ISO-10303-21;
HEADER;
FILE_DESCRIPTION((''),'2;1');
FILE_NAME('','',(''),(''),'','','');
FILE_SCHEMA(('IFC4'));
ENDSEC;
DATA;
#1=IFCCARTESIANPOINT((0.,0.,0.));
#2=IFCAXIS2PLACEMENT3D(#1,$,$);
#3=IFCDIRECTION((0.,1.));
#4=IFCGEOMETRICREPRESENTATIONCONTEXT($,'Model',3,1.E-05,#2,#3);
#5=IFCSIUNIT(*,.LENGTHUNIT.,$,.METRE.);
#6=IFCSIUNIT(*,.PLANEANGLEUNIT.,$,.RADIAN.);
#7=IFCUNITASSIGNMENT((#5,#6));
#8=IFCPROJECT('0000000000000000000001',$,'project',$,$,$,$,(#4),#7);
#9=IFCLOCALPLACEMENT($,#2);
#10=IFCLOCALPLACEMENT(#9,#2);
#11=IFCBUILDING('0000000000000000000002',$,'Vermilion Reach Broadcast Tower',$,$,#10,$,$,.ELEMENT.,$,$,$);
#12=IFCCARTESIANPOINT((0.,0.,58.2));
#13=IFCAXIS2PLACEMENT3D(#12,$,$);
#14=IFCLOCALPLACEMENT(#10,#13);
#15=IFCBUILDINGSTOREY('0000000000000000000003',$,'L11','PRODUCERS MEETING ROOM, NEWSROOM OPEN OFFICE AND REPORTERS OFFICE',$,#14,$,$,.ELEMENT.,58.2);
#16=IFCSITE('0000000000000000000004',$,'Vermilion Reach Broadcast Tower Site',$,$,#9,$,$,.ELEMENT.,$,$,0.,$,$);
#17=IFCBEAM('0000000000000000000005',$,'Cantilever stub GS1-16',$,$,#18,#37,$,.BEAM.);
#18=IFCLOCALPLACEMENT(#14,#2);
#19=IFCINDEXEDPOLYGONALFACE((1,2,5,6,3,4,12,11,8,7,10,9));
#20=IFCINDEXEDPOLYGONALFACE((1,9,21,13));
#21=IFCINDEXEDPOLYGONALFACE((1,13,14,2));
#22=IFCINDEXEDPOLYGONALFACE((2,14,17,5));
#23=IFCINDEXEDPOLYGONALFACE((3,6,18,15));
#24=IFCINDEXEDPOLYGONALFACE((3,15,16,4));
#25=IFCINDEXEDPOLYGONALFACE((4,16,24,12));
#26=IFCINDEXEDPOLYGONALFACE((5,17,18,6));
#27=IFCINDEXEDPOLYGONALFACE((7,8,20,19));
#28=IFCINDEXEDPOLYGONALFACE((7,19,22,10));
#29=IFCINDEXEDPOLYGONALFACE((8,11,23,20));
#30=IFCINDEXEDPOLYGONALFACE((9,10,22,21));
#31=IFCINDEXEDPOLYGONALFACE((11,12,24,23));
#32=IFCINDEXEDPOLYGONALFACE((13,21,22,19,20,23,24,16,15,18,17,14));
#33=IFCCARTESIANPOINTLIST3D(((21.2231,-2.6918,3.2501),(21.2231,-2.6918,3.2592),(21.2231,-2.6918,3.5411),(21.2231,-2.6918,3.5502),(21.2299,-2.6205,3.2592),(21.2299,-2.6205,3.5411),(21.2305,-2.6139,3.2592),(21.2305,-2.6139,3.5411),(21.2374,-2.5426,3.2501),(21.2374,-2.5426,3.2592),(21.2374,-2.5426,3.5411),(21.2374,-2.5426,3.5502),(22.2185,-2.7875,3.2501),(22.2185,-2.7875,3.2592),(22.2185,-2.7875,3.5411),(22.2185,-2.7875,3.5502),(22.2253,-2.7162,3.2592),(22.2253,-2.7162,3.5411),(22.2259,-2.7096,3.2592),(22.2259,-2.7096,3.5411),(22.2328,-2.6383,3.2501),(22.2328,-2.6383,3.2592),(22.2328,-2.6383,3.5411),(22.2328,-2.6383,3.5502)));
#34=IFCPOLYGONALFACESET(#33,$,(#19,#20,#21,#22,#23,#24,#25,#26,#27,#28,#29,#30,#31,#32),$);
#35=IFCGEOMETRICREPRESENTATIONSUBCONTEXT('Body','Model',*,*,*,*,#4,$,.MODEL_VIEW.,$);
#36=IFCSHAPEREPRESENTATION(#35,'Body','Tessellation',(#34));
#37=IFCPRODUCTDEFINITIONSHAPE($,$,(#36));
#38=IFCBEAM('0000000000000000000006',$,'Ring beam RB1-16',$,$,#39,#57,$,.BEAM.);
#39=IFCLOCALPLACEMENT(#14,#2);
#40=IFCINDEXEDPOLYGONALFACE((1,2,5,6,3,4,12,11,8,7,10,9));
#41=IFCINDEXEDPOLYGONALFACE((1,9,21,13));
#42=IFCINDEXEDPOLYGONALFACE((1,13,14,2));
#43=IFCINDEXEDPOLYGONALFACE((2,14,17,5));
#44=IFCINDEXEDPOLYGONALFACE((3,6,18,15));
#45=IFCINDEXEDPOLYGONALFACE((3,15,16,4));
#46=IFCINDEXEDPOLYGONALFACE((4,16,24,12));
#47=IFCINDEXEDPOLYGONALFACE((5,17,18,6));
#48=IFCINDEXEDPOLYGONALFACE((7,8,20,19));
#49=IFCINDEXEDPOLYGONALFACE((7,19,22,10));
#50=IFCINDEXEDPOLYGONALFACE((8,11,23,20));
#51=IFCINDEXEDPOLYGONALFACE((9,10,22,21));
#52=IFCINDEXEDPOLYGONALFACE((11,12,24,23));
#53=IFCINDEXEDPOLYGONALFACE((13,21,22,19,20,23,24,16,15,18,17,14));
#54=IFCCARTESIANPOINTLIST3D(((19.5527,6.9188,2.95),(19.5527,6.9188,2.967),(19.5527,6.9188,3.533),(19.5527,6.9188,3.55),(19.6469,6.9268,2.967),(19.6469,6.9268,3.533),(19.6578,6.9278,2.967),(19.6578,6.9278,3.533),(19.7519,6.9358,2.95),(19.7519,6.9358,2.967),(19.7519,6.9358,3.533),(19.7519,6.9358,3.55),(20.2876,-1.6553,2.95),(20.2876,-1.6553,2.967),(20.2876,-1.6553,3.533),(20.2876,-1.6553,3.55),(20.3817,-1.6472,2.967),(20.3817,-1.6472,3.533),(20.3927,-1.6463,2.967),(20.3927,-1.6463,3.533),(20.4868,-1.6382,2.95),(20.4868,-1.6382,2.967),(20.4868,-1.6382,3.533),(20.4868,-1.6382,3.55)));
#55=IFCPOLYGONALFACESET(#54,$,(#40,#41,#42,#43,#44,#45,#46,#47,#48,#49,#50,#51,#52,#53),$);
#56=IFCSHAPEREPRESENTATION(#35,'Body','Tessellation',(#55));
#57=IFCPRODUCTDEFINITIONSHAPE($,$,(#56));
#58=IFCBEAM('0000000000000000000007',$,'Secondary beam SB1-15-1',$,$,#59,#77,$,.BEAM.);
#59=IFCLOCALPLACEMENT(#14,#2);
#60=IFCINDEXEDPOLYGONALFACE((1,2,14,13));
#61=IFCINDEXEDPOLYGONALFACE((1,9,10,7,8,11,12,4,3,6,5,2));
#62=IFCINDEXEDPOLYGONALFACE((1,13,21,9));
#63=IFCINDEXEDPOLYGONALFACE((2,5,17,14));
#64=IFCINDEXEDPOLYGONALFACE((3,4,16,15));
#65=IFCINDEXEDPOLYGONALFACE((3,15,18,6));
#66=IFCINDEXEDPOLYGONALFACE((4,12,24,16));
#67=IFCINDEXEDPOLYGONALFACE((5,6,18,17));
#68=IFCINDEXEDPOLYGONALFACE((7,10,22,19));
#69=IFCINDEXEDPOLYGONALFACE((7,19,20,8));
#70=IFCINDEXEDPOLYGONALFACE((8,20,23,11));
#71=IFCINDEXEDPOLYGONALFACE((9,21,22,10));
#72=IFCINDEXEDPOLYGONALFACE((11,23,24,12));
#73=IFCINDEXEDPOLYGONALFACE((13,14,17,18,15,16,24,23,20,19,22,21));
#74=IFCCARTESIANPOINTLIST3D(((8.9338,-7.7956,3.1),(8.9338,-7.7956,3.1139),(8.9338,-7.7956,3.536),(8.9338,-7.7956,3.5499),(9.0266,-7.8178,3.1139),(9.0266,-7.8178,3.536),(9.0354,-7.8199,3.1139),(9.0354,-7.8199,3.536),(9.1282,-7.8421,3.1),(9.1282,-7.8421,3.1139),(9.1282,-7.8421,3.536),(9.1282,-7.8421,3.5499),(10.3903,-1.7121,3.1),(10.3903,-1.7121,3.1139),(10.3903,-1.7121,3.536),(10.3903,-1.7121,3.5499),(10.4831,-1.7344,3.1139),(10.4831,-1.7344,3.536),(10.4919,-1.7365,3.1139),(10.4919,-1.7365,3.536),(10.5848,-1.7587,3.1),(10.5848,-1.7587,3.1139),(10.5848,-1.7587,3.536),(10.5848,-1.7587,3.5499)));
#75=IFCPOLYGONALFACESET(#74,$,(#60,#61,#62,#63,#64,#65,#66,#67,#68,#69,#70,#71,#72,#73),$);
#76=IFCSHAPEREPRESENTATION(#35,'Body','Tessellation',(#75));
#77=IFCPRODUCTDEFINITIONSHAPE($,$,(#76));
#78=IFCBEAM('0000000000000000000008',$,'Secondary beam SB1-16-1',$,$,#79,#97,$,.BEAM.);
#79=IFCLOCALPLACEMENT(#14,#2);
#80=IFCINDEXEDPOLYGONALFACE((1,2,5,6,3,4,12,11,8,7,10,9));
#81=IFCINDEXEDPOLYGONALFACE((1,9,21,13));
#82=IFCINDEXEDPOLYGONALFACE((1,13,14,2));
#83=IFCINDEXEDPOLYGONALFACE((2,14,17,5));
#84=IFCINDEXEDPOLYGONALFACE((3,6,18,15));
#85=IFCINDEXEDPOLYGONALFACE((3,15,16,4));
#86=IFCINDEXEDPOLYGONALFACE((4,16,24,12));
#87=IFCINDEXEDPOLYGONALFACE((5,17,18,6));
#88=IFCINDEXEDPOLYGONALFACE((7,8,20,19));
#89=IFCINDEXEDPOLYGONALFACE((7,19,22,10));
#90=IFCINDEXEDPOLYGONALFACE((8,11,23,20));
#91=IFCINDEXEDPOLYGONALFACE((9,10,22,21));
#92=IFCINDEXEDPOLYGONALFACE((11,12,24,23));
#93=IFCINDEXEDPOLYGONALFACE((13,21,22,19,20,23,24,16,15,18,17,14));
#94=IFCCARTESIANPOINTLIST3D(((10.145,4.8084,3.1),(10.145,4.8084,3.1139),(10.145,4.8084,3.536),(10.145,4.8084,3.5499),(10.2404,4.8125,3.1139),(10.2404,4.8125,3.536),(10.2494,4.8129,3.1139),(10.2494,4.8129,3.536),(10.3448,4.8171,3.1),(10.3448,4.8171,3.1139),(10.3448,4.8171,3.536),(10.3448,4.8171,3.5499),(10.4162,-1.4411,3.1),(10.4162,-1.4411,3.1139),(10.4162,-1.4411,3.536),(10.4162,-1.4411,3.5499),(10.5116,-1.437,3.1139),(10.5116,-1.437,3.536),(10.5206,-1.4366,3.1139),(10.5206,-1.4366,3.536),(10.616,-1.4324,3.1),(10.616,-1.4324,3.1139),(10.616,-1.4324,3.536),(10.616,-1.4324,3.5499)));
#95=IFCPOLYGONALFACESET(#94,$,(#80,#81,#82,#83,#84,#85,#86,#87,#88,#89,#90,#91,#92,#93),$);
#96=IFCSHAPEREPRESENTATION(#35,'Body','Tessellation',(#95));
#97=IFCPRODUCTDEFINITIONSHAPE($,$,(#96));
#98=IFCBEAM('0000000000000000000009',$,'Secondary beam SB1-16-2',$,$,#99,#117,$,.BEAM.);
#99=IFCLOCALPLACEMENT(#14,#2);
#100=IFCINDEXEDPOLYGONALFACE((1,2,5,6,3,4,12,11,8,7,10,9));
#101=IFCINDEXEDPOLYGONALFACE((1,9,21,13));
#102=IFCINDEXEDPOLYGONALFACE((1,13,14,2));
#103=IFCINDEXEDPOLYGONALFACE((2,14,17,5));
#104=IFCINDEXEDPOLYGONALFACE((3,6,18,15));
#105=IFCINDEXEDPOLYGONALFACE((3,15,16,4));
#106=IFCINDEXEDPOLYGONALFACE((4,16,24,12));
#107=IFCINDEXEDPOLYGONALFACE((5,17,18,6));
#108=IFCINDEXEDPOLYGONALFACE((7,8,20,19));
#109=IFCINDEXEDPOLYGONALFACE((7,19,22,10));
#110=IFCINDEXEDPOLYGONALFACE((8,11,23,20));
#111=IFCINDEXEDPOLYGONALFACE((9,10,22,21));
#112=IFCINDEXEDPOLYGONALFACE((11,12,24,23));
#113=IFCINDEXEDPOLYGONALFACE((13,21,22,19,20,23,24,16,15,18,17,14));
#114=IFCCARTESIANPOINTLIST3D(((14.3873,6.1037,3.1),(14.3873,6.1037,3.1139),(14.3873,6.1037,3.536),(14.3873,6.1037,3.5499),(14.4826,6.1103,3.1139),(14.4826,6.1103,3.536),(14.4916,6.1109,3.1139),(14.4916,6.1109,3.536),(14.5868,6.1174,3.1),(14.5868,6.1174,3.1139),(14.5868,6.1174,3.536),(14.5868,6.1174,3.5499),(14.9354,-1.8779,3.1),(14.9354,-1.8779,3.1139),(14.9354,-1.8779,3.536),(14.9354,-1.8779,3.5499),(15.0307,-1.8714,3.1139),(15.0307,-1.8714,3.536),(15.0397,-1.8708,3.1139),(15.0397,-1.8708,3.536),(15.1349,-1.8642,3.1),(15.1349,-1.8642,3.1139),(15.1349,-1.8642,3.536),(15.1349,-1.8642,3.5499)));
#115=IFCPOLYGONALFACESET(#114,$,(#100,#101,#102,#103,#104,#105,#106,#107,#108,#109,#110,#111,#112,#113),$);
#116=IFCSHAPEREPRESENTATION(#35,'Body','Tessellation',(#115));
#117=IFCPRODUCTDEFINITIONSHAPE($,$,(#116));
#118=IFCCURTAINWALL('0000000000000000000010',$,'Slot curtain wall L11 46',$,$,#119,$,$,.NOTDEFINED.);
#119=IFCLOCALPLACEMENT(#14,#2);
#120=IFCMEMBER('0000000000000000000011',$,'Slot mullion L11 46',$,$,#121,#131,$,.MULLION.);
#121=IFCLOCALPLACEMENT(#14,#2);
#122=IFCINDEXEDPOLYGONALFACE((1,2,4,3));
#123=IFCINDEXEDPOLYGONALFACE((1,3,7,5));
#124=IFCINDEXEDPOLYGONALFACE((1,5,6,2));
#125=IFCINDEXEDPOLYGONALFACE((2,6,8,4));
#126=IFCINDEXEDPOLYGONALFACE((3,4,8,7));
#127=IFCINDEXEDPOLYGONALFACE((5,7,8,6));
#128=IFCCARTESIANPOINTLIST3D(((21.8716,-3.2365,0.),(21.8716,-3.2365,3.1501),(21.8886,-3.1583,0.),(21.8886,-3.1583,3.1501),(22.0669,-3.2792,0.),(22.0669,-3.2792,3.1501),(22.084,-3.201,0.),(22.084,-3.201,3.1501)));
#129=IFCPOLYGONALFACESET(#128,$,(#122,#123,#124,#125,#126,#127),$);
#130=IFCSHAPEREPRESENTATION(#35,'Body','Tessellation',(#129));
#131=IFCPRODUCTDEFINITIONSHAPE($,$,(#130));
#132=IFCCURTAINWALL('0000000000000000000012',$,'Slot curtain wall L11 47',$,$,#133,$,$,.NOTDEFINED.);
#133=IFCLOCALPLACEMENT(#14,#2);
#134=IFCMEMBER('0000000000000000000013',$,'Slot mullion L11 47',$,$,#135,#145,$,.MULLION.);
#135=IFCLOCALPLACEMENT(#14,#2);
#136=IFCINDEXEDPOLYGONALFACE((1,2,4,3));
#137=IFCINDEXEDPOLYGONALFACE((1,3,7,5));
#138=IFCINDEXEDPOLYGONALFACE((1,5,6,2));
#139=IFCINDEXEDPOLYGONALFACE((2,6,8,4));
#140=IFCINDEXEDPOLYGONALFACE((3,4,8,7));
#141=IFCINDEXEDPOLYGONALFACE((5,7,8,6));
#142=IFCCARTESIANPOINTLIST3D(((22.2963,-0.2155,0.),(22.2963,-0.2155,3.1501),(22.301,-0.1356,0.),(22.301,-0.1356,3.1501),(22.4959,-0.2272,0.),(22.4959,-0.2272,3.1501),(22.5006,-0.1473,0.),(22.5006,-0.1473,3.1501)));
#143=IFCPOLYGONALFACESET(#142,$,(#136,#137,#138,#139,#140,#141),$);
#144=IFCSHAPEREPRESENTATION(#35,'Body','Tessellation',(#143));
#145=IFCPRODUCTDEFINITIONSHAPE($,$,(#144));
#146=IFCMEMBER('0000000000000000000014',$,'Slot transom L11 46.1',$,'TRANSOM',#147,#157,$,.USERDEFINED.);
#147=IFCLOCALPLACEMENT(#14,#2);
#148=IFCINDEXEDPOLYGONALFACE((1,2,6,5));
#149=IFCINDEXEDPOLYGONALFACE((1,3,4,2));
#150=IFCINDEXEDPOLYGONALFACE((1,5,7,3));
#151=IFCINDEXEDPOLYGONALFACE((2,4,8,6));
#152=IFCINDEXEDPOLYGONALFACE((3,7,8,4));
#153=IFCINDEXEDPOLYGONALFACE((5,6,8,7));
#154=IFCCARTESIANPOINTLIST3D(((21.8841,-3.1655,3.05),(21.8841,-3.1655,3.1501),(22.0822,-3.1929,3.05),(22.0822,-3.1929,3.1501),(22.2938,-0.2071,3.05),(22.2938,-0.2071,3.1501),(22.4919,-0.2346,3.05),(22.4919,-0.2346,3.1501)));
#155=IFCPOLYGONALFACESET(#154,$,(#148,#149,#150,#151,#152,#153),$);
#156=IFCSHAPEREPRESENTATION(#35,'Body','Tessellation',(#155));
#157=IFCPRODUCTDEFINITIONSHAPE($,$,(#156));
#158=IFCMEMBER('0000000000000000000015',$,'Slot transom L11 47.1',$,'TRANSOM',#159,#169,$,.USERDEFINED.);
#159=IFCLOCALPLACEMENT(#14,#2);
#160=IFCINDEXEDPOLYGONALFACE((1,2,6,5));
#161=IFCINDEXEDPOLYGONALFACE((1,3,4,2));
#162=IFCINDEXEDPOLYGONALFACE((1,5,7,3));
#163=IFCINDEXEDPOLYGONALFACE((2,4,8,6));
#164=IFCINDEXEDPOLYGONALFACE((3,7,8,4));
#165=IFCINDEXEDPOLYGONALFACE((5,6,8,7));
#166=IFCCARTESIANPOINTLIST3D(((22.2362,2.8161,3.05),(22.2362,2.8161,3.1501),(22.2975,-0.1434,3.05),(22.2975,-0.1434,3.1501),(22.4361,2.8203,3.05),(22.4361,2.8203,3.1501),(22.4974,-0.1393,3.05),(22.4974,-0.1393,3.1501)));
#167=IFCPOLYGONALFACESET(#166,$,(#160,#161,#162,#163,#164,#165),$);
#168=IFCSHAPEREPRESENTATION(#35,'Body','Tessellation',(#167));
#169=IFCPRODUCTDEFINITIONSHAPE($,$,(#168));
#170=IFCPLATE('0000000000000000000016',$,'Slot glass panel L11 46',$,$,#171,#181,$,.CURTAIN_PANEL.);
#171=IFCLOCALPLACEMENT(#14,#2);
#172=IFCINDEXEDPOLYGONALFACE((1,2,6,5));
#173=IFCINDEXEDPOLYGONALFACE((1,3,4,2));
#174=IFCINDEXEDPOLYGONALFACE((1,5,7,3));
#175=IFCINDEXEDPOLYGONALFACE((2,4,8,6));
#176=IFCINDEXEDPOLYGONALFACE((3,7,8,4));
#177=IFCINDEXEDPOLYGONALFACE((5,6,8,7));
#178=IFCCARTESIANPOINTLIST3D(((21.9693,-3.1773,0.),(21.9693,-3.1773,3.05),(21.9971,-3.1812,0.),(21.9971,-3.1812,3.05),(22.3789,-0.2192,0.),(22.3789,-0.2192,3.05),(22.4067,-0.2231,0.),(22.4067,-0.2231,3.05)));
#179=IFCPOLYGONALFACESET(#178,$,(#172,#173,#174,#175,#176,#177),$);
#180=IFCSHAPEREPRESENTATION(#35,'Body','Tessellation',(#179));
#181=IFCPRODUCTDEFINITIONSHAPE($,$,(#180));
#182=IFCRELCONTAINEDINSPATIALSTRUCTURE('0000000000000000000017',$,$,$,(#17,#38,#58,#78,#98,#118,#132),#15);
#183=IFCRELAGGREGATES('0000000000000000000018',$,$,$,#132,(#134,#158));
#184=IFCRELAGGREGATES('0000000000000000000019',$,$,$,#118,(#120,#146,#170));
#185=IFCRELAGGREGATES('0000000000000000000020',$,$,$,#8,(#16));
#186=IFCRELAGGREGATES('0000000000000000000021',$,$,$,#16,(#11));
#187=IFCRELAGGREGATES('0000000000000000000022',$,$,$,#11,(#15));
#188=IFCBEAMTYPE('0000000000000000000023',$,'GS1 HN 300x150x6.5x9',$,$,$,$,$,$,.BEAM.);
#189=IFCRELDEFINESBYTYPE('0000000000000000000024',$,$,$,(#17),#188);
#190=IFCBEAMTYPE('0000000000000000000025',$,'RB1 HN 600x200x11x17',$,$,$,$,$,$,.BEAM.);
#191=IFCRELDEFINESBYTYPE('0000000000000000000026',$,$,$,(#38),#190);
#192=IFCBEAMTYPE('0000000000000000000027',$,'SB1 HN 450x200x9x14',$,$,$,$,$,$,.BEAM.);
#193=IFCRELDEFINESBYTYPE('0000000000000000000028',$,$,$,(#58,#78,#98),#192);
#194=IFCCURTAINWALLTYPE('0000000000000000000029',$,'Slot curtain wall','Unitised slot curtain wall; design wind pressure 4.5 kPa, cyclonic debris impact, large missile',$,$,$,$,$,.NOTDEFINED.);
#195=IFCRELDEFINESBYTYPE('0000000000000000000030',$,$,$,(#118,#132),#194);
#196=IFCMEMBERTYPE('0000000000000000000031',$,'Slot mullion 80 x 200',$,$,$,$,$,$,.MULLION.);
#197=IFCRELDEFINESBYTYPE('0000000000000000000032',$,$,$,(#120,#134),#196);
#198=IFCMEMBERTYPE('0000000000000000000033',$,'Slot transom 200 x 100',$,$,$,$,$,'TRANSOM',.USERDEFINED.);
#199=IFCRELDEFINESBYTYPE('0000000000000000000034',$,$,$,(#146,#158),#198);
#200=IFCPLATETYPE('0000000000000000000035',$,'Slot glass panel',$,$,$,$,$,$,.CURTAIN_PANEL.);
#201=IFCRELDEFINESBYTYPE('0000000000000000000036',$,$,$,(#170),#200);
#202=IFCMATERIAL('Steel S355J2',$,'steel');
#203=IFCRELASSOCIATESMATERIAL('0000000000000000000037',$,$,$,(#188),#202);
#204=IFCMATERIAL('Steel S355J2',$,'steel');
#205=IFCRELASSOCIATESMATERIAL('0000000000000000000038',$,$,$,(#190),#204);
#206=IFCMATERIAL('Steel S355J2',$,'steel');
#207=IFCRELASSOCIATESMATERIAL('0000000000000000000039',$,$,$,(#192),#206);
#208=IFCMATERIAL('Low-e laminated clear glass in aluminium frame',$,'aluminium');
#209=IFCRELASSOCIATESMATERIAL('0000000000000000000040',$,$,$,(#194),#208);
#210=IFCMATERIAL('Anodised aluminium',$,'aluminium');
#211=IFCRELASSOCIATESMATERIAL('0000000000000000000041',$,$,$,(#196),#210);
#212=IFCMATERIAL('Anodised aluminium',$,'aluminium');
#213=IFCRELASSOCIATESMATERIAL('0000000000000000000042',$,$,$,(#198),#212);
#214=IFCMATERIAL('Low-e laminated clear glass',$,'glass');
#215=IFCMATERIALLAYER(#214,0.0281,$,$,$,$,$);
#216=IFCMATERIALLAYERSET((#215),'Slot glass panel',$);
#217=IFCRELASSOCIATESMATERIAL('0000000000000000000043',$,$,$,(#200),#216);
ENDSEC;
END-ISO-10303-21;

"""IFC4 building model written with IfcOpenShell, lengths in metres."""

from ifc_helpers import new_model, si_unit, direction, frame, origin, origin_2d, place, context, subcontext, project, spatial, rectangle, i_section, extrude, material, layer, layer_set, material_profile, profile_set, type_object, element, aggregate, save


model = new_model("IFC4")

# Units and contexts
model_context = context("Model", 3, precision=1e-05, world=origin(), true_north=direction((0.0, 1.0)))
body_context = subcontext(model_context, "Body", "Model", "MODEL_VIEW")
ifc_project = project(units=[si_unit("LENGTHUNIT", "METRE"), si_unit("PLANEANGLEUNIT", "RADIAN")], contexts=[model_context])

# Site, building, storey
site_placement = place(None, origin())
site = spatial("IfcSite", under=ifc_project, at=site_placement, Name="Vermilion Reach Broadcast Tower Site", CompositionType="ELEMENT", RefElevation=0.0)
building_placement = place(site_placement, origin())
building = spatial("IfcBuilding", under=site, at=building_placement, Name="Vermilion Reach Broadcast Tower", CompositionType="ELEMENT")
storey_placement = place(building_placement, frame((0.0, 0.0, 58.2)))
storey = spatial("IfcBuildingStorey", under=building, at=storey_placement, Name="L11", Description="PRODUCERS MEETING ROOM, NEWSROOM OPEN OFFICE AND REPORTERS OFFICE", CompositionType="ELEMENT", Elevation=58.2)

# Beams
ifc_material_1 = material(Name="Steel S355J2", Category="steel")
ifc_material_profile_1 = material_profile(ifc_material_1, i_section(OverallWidth=0.1499, OverallDepth=0.3, WebThickness=0.0066, FlangeThickness=0.009, at=origin_2d()), Name="S355J2 HN 300x150x6.5x9")
ifc_profile_set_1 = profile_set([ifc_material_profile_1], Name="Steel S355J2")
beam_type_1 = type_object("IfcBeamType", Name="GS1 HN 300x150x6.5x9", PredefinedType="BEAM", material=ifc_profile_set_1)
beam_1_placement = place(storey_placement, frame((21.2302, -2.6172, 3.4001), z_axis=(0.995409, -0.095708, 0.0), x_axis=(0.095708, 0.995409, 0.0)))
element("IfcBeam", 1, at=beam_1_placement, inside=storey, type_object=beam_type_1, Name="Cantilever stub GS1-16", PredefinedType="BEAM", context=body_context, shape_type="SweptSolid", body=[
    extrude(i_section(OverallWidth=0.1499, OverallDepth=0.3, WebThickness=0.0066, FlangeThickness=0.009, at=origin_2d()), origin(), (0.0, 0.0, 1.0), 1.0),
])
ifc_material_2 = material(Name="Steel S355J2", Category="steel")
ifc_material_profile_2 = material_profile(ifc_material_2, i_section(OverallWidth=0.2, OverallDepth=0.6001, WebThickness=0.011, FlangeThickness=0.0171, at=origin_2d()), Name="S355J2 HN 600x200x11x17")
ifc_profile_set_2 = profile_set([ifc_material_profile_2], Name="Steel S355J2")
beam_type_2 = type_object("IfcBeamType", Name="RB1 HN 600x200x11x17", PredefinedType="BEAM", material=ifc_profile_set_2)
beam_2_placement = place(storey_placement, frame((20.3872, -1.6467, 3.25), z_axis=(-0.085396, 0.996347, 0.0), x_axis=(-0.996347, -0.085396, 0.0)))
element("IfcBeam", 2, at=beam_2_placement, inside=storey, type_object=beam_type_2, Name="Ring beam RB1-16", PredefinedType="BEAM", context=body_context, shape_type="SweptSolid", body=[
    extrude(i_section(OverallWidth=0.2, OverallDepth=0.6001, WebThickness=0.011, FlangeThickness=0.0171, at=origin_2d()), origin(), (0.0, 0.0, 1.0), 8.6055),
])
ifc_material_3 = material(Name="Steel S355J2", Category="steel")
ifc_material_profile_3 = material_profile(ifc_material_3, i_section(OverallWidth=0.2, OverallDepth=0.45, WebThickness=0.009, FlangeThickness=0.0139, at=origin_2d()), Name="S355J2 HN 450x200x9x14")
ifc_profile_set_3 = profile_set([ifc_material_profile_3], Name="Steel S355J2")
beam_type_3 = type_object("IfcBeamType", Name="SB1 HN 450x200x9x14", PredefinedType="BEAM", material=ifc_profile_set_3)
for number, where, z_axis, x_axis, name in (
    (3, (9.031, -7.8188, 3.325), (0.232844, 0.972514, 0.0), (-0.972514, 0.232844, 0.0), "Secondary beam SB1-15-1"),
    (4, (10.5161, -1.4368, 3.325), (-0.043361, 0.999059, 0.0), (-0.999059, -0.043361, 0.0), "Secondary beam SB1-16-1"),
):
    element("IfcBeam", number, at=place(storey_placement, frame(where, z_axis=z_axis, x_axis=x_axis)), inside=storey, type_object=beam_type_3, Name=name, PredefinedType="BEAM", context=body_context, shape_type="SweptSolid", body=[
        extrude(i_section(OverallWidth=0.2, OverallDepth=0.45, WebThickness=0.009, FlangeThickness=0.0139, at=origin_2d()), origin(), (0.0, 0.0, 1.0), 6.2554),
    ])
beam_3_placement = place(storey_placement, frame((15.0352, -1.8711, 3.325), z_axis=(-0.068508, 0.997651, 0.0), x_axis=(-0.997651, -0.068508, 0.0)))
element("IfcBeam", 5, at=beam_3_placement, inside=storey, type_object=beam_type_3, Name="Secondary beam SB1-16-2", PredefinedType="BEAM", context=body_context, shape_type="SweptSolid", body=[
    extrude(i_section(OverallWidth=0.2, OverallDepth=0.45, WebThickness=0.009, FlangeThickness=0.0139, at=origin_2d()), origin(), (0.0, 0.0, 1.0), 8.0005),
])

# Curtain walls, members
ifc_material_4 = material(Name="Low-e laminated clear glass in aluminium frame", Category="aluminium")
curtain_wall_type = type_object("IfcCurtainWallType", Name="Slot curtain wall", Description="Unitised slot curtain wall; design wind pressure 4.5 kPa, cyclonic debris impact, large missile", PredefinedType="NOTDEFINED", material=ifc_material_4)
placement = place(storey_placement, origin())
curtain_wall_1 = element("IfcCurtainWall", 6, at=placement, inside=storey, type_object=curtain_wall_type, Name="Slot curtain wall L11 46", PredefinedType="NOTDEFINED")
ifc_material_5 = material(Name="Anodised aluminium", Category="aluminium")
ifc_material_profile_4 = material_profile(ifc_material_5, rectangle(XDim=0.2, YDim=0.0801, at=origin_2d()), Name="Slot mullion 80 x 200")
ifc_profile_set_4 = profile_set([ifc_material_profile_4], Name="Anodised aluminium")
member_type_1 = type_object("IfcMemberType", Name="Slot mullion 80 x 200", PredefinedType="MULLION", material=ifc_profile_set_4)
member_1_placement = place(storey_placement, frame((21.9778, -3.2188, 0.0), z_axis=(0.0, 0.0, 1.0), x_axis=(-0.976996, 0.213259, 0.0)))
member_1 = element("IfcMember", 7, at=member_1_placement, type_object=member_type_1, Name="Slot mullion L11 46", PredefinedType="MULLION", context=body_context, shape_type="SweptSolid", body=[
    extrude(rectangle(XDim=0.2, YDim=0.0801, at=origin_2d()), origin(), (0.0, 0.0, 1.0), 3.1501),
])
curtain_wall_2 = element("IfcCurtainWall", 8, at=placement, inside=storey, type_object=curtain_wall_type, Name="Slot curtain wall L11 47", PredefinedType="NOTDEFINED")
member_2_placement = place(storey_placement, frame((22.3984, -0.1814, 0.0), z_axis=(0.0, 0.0, 1.0), x_axis=(-0.998292, 0.058416, 0.0)))
member_2 = element("IfcMember", 9, at=member_2_placement, type_object=member_type_1, Name="Slot mullion L11 47", PredefinedType="MULLION", context=body_context, shape_type="SweptSolid", body=[
    extrude(rectangle(XDim=0.2, YDim=0.0801, at=origin_2d()), origin(), (0.0, 0.0, 1.0), 3.1501),
])

# Members
ifc_material_6 = material(Name="Anodised aluminium", Category="aluminium")
ifc_material_profile_5 = material_profile(ifc_material_6, rectangle(XDim=0.2, YDim=0.1001, at=origin_2d()), Name="Slot transom 200 x 100")
ifc_profile_set_5 = profile_set([ifc_material_profile_5], Name="Anodised aluminium")
member_type_2 = type_object("IfcMemberType", Name="Slot transom 200 x 100", ElementType="TRANSOM", PredefinedType="USERDEFINED", material=ifc_profile_set_5)
member_3_placement = place(storey_placement, frame((21.9832, -3.1792, 3.1001), z_axis=(0.137174, 0.990547, 0.0), x_axis=(-0.990547, 0.137174, 0.0)))
member_3 = element("IfcMember", 10, at=member_3_placement, type_object=member_type_2, Name="Slot transom L11 46.1", ObjectType="TRANSOM", PredefinedType="USERDEFINED", context=body_context, shape_type="SweptSolid", body=[
    extrude(rectangle(XDim=0.2, YDim=0.1001, at=origin_2d()), origin(), (0.0, 0.0, 1.0), 2.9866),
])
member_4_placement = place(storey_placement, frame((22.3975, -0.1414, 3.1001), z_axis=(-0.020702, 0.999786, 0.0), x_axis=(-0.999786, -0.020702, 0.0)))
member_4 = element("IfcMember", 11, at=member_4_placement, type_object=member_type_2, Name="Slot transom L11 47.1", ObjectType="TRANSOM", PredefinedType="USERDEFINED", context=body_context, shape_type="SweptSolid", body=[
    extrude(rectangle(XDim=0.2, YDim=0.1001, at=origin_2d()), origin(), (0.0, 0.0, 1.0), 2.9602),
])
aggregate(curtain_wall_2, [member_2, member_4])

# Plate
ifc_material_7 = material(Name="Low-e laminated clear glass", Category="glass")
ifc_layer_1 = layer(ifc_material_7, 0.0281)
ifc_layer_set_1 = layer_set([ifc_layer_1], Name="Slot glass panel")
plate_type = type_object("IfcPlateType", Name="Slot glass panel", PredefinedType="CURTAIN_PANEL", material=ifc_layer_set_1)
plate_placement = place(storey_placement, frame((22.188, -1.7002, 0.0), z_axis=(0.0, 0.0, 1.0), x_axis=(0.137177, 0.990547, 0.0)))
plate = element("IfcPlate", 12, at=plate_placement, type_object=plate_type, Name="Slot glass panel L11 46", PredefinedType="CURTAIN_PANEL", context=body_context, shape_type="SweptSolid", body=[
    extrude(rectangle(XDim=2.9863, YDim=0.0281, at=origin_2d()), origin(), (0.0, 0.0, 1.0), 3.05),
])
aggregate(curtain_wall_1, [member_1, member_3, plate])

save(model, "model.ifc")
